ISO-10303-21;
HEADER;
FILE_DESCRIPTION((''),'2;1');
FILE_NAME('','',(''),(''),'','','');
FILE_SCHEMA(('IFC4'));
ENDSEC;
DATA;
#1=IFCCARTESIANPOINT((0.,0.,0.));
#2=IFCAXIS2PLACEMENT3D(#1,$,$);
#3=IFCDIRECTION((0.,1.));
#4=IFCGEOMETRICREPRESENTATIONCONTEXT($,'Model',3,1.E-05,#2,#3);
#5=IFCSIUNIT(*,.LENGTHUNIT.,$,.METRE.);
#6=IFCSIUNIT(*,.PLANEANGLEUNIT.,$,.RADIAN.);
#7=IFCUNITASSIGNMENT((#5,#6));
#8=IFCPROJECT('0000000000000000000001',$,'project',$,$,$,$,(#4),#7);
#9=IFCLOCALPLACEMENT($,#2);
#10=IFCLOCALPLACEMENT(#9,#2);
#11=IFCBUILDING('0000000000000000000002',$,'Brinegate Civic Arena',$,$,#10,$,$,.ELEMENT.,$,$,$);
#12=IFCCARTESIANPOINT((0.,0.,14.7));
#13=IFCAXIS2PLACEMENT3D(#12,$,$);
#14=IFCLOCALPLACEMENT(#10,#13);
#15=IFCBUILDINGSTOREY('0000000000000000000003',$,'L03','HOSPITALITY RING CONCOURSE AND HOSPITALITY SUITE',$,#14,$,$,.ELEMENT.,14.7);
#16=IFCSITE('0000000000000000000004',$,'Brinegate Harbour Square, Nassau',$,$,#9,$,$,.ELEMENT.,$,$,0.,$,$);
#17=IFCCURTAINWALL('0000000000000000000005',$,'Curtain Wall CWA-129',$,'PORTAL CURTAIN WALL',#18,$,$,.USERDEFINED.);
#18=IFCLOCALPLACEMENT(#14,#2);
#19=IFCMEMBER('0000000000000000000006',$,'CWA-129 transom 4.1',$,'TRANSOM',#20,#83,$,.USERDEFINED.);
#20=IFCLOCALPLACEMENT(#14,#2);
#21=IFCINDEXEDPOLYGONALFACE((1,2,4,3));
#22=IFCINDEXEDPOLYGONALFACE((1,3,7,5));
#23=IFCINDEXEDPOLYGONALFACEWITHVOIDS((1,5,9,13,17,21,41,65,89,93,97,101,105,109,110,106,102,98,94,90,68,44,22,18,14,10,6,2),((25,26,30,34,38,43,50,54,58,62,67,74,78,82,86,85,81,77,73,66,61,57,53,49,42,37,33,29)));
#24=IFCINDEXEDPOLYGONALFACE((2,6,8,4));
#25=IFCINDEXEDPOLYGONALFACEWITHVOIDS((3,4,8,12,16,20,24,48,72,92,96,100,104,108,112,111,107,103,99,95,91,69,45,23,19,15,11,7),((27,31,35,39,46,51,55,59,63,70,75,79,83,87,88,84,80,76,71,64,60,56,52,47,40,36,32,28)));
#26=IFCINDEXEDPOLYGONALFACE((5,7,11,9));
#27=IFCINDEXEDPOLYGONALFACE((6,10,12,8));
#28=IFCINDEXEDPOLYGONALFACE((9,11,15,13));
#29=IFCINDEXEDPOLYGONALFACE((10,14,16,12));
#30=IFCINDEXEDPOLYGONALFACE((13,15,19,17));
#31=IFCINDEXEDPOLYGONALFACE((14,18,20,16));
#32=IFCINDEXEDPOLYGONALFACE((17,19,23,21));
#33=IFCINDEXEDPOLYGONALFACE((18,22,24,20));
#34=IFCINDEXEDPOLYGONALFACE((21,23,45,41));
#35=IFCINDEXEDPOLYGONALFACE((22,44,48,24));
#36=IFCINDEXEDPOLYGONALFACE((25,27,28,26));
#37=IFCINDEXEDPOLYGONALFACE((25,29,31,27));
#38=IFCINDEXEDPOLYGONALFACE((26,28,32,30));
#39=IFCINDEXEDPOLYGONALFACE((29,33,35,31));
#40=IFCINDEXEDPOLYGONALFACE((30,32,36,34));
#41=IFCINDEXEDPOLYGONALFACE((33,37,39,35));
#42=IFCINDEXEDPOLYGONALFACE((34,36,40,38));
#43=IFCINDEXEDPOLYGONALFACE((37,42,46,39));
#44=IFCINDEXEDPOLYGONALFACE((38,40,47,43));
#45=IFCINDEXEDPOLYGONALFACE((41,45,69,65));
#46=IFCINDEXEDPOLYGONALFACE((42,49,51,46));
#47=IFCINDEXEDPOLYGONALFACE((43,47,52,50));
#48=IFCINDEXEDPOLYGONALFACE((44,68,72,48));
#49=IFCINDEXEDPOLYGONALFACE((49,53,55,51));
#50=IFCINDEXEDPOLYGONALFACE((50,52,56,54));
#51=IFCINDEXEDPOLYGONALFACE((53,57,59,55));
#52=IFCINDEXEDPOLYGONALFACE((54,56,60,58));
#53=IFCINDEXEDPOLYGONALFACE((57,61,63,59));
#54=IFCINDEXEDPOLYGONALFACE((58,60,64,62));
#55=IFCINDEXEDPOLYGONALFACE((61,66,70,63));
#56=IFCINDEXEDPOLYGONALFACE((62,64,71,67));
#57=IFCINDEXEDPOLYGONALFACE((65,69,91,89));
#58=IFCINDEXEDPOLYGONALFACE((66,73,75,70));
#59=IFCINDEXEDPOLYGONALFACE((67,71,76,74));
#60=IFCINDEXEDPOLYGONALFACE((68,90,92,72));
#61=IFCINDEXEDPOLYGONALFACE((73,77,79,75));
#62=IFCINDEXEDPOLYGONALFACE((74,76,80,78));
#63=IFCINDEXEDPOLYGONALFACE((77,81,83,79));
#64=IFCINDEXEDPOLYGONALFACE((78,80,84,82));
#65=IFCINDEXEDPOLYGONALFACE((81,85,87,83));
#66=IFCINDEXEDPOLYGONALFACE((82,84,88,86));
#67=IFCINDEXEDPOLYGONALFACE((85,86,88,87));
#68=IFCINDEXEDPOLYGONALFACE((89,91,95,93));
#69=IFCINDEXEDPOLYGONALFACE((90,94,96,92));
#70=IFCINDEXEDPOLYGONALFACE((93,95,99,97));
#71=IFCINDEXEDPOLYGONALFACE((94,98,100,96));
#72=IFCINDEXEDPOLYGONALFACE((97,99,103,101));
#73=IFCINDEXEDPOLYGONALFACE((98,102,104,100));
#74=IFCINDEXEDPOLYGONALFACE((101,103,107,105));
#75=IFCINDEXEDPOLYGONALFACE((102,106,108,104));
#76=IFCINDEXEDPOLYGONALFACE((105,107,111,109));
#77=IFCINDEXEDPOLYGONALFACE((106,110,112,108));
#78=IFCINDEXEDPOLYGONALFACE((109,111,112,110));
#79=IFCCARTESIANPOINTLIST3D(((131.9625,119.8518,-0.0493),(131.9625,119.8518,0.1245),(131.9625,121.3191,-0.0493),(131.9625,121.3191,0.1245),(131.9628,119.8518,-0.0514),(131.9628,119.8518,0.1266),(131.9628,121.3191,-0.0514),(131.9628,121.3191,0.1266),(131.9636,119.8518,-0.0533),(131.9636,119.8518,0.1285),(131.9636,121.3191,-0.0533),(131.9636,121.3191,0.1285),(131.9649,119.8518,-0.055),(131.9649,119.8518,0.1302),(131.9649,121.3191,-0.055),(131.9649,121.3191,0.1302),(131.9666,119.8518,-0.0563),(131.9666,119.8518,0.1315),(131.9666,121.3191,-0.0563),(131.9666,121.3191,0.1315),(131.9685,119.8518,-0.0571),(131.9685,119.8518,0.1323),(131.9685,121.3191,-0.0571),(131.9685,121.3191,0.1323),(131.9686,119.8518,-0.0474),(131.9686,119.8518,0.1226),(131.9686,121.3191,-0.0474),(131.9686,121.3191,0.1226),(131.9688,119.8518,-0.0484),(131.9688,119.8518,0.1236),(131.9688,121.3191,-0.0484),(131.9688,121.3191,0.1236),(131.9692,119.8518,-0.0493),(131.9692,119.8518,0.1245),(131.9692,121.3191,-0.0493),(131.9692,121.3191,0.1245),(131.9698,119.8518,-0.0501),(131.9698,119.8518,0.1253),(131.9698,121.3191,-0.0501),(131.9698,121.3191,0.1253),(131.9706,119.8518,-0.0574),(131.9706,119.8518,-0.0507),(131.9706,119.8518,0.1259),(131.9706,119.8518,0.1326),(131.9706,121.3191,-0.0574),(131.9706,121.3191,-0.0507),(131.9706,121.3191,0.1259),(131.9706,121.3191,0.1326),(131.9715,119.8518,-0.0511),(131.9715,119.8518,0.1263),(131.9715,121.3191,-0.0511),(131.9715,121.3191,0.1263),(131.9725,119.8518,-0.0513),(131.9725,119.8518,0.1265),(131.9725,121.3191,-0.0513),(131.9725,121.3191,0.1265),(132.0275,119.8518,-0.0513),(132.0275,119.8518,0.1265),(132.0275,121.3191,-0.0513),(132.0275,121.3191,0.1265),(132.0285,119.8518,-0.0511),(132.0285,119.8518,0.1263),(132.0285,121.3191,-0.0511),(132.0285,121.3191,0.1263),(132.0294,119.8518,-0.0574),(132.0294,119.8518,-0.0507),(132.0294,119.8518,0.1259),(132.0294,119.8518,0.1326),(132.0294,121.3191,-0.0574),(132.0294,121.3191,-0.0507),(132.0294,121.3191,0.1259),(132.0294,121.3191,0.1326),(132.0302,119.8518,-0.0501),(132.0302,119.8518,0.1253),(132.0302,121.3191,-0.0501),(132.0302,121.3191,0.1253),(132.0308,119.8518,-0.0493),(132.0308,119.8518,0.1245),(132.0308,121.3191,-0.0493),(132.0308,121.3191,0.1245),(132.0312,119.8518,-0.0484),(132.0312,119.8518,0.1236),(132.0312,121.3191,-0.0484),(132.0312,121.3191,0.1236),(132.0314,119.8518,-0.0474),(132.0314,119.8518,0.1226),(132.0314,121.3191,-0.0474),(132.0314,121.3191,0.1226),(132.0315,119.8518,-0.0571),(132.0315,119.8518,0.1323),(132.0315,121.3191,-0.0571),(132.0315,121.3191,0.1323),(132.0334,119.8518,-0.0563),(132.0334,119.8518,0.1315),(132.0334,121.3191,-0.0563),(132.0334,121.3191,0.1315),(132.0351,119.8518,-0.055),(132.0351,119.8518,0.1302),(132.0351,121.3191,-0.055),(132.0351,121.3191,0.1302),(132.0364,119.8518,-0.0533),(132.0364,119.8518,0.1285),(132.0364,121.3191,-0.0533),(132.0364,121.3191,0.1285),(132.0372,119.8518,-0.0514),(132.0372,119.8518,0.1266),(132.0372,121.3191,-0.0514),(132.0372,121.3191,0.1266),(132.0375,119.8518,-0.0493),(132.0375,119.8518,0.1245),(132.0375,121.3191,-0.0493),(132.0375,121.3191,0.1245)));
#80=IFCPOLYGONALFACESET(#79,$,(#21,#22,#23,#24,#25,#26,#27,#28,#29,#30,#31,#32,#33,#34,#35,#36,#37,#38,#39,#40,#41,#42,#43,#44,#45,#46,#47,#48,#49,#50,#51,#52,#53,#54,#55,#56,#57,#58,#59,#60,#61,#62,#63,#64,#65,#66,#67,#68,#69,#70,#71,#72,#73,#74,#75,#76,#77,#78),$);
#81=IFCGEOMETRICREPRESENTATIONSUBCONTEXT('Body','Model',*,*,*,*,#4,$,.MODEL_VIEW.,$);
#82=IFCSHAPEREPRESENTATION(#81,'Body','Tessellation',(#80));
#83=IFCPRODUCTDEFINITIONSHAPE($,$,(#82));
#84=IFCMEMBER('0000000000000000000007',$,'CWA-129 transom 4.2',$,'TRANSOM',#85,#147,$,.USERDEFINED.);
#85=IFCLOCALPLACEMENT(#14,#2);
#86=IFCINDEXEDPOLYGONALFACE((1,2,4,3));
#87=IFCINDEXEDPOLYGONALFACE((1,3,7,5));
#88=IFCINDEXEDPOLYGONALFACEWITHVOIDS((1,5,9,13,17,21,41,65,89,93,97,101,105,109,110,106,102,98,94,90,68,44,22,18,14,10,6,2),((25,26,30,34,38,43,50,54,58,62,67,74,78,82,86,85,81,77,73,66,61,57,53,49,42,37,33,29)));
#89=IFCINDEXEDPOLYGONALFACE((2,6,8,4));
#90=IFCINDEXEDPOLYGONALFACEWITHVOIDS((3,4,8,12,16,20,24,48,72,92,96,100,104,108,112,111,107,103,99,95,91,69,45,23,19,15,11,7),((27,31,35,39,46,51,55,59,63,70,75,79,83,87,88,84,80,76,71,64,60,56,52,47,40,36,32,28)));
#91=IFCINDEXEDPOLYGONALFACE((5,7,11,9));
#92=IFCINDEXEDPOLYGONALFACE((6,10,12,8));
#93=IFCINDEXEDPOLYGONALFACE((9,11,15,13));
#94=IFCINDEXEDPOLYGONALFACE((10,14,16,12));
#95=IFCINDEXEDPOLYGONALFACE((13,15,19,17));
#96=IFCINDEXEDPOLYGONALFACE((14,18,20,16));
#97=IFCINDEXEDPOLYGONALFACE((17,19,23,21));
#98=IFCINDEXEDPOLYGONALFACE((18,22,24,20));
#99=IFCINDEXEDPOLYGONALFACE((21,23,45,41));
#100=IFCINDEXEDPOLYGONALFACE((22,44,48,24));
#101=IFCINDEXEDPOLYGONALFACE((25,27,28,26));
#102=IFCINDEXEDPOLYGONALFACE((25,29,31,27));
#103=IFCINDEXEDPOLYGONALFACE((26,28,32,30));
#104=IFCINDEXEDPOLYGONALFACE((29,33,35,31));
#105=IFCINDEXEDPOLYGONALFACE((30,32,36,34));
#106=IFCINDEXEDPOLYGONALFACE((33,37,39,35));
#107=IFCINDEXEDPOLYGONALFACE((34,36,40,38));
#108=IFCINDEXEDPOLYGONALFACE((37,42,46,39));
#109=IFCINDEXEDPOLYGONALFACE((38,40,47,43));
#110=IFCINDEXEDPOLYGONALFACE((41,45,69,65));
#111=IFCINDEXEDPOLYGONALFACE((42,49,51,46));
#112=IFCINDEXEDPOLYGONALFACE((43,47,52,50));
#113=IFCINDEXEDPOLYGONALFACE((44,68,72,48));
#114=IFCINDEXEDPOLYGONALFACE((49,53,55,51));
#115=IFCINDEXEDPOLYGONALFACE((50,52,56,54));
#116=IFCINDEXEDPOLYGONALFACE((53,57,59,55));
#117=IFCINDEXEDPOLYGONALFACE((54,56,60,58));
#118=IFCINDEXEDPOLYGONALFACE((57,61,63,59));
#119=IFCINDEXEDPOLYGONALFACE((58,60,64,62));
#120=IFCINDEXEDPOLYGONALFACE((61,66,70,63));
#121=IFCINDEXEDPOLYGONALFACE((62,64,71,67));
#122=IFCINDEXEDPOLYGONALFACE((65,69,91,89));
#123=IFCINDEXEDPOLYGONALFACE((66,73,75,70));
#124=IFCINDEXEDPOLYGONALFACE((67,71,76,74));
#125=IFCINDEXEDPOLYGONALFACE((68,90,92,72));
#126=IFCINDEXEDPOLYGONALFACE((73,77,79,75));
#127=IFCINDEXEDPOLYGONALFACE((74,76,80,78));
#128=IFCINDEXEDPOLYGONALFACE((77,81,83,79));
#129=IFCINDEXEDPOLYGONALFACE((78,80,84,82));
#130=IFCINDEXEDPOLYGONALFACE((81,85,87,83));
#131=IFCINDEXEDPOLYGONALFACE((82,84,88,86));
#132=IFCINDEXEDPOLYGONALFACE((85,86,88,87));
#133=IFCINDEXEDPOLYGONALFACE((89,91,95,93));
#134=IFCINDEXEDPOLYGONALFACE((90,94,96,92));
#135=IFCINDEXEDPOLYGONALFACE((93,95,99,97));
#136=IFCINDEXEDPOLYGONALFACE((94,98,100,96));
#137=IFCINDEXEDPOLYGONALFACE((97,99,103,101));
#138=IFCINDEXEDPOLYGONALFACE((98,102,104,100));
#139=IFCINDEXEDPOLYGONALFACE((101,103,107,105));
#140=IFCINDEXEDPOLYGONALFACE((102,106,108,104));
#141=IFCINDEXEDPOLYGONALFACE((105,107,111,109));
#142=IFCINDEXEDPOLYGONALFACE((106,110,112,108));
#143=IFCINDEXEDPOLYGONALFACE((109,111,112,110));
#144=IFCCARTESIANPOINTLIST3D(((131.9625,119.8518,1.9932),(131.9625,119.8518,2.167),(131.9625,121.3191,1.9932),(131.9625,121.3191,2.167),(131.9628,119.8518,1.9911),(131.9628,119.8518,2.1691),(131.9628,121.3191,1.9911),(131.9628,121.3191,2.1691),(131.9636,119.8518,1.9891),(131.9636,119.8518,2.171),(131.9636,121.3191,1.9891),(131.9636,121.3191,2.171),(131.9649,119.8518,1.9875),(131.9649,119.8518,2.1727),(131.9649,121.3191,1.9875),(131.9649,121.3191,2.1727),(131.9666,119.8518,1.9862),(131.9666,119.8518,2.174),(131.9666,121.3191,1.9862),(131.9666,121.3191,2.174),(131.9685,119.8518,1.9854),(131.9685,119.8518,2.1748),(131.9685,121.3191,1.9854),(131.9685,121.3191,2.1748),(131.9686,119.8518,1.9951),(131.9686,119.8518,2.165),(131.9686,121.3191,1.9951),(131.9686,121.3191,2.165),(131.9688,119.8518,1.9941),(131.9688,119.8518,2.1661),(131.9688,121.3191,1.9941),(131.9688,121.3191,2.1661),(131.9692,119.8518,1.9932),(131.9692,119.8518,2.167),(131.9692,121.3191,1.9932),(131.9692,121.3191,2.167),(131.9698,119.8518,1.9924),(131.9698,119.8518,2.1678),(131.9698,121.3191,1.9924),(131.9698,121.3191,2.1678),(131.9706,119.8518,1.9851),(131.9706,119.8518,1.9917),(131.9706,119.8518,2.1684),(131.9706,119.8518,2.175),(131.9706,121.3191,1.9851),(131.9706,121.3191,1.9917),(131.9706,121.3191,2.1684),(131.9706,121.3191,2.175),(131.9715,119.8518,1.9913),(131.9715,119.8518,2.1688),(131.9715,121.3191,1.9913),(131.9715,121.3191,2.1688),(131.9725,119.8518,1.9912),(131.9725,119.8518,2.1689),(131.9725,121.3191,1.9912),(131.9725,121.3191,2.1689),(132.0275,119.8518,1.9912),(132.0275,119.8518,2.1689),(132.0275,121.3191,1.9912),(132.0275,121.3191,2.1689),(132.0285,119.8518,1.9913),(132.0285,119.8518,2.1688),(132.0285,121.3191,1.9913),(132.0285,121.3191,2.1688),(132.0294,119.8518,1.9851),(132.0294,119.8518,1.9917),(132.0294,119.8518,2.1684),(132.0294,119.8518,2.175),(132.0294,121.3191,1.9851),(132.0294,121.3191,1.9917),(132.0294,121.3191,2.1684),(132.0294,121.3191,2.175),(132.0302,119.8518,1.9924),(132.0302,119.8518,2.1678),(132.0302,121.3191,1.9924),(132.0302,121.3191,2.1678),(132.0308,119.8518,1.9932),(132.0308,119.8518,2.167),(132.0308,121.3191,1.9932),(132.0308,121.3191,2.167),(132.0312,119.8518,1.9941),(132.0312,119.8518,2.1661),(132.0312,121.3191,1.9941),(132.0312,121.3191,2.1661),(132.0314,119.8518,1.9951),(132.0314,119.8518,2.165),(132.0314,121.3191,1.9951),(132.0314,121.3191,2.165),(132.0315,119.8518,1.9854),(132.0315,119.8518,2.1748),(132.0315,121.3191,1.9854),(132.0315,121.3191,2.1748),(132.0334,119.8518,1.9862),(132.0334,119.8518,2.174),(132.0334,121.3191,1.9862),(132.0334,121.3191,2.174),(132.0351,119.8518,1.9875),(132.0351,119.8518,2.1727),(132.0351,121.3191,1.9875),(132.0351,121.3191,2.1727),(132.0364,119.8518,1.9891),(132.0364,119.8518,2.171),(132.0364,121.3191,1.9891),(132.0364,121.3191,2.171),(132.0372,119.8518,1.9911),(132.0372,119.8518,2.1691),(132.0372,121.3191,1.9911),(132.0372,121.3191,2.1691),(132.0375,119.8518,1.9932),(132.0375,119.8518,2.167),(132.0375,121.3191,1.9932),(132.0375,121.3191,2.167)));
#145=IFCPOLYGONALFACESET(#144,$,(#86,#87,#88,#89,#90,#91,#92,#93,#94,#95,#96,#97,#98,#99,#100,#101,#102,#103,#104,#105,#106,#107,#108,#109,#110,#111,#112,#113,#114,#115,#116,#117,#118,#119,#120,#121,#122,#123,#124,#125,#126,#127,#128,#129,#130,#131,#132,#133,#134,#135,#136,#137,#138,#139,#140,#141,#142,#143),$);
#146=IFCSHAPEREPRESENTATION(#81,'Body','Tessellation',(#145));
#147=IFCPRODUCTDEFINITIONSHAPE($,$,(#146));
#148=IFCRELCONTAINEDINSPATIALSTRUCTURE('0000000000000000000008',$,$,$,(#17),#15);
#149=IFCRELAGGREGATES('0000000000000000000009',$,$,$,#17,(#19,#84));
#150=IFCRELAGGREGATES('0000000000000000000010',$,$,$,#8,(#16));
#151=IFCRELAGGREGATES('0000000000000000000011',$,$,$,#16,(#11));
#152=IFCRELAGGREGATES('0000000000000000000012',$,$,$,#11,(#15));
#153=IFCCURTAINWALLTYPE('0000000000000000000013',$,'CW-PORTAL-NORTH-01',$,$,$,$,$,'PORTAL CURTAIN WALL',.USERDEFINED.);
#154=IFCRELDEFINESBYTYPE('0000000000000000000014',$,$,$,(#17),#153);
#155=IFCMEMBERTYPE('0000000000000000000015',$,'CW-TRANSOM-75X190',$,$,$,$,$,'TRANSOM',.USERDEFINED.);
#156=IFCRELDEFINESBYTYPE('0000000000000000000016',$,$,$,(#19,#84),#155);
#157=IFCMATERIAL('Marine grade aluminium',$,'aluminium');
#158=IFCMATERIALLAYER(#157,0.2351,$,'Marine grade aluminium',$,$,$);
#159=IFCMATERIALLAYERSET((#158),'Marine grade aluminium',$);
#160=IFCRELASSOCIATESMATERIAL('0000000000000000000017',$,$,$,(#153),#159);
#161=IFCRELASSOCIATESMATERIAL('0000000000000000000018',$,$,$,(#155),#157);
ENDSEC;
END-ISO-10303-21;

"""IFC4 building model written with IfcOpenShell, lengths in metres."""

from ifc_helpers import new_model, si_unit, direction, frame, origin, origin_2d, place, context, subcontext, project, spatial, hollow_rectangle, extrude, material, layer, layer_set, material_profile, profile_set, type_object, element, aggregate, save


model = new_model("IFC4")

# Units and contexts
model_context = context("Model", 3, precision=1e-05, world=origin(), true_north=direction((0.0, 1.0)))
body_context = subcontext(model_context, "Body", "Model", "MODEL_VIEW")
ifc_project = project(units=[si_unit("LENGTHUNIT", "METRE"), si_unit("PLANEANGLEUNIT", "RADIAN")], contexts=[model_context])

# Site, building, storey
site_placement = place(None, origin())
site = spatial("IfcSite", under=ifc_project, at=site_placement, Name="Brinegate Harbour Square, Nassau", CompositionType="ELEMENT", RefElevation=0.0)
building_placement = place(site_placement, origin())
building = spatial("IfcBuilding", under=site, at=building_placement, Name="Brinegate Civic Arena", CompositionType="ELEMENT")
storey_placement = place(building_placement, frame((0.0, 0.0, 14.7)))
storey = spatial("IfcBuildingStorey", under=building, at=storey_placement, Name="L03", Description="HOSPITALITY RING CONCOURSE AND HOSPITALITY SUITE", CompositionType="ELEMENT", Elevation=14.7)

# Curtain wall
ifc_material_1 = material(Name="Marine grade aluminium", Category="aluminium")
ifc_layer_1 = layer(ifc_material_1, 0.2351, Name="Marine grade aluminium")
ifc_layer_set_1 = layer_set([ifc_layer_1], Name="Marine grade aluminium")
curtain_wall_type_1 = type_object("IfcCurtainWallType", Name="CW-PORTAL-NORTH-01", ElementType="PORTAL CURTAIN WALL", PredefinedType="USERDEFINED", material=ifc_layer_set_1)
curtain_wall_1_placement = place(storey_placement, origin())
curtain_wall_1 = element("IfcCurtainWall", 1, at=curtain_wall_1_placement, inside=storey, type_object=curtain_wall_type_1, Name="Curtain Wall CWA-129", ObjectType="PORTAL CURTAIN WALL", PredefinedType="USERDEFINED")

# Members
ifc_material_profile_1 = material_profile(ifc_material_1, hollow_rectangle(XDim=0.075, YDim=0.1899, WallThickness=0.0061, InnerFilletRadius=0.0039, OuterFilletRadius=0.0081, at=origin_2d()), Name="TRN75X190")
ifc_profile_set_1 = profile_set([ifc_material_profile_1], Name="Marine grade aluminium")
member_type_1 = type_object("IfcMemberType", Name="CW-TRANSOM-75X190", ElementType="TRANSOM", PredefinedType="USERDEFINED", material=ifc_profile_set_1)
member_1_placement = place(storey_placement, frame((132.0, 119.8518, 0.0376), z_axis=(0.0, 1.0, 0.0), x_axis=(-1.0, 0.0, 0.0)))
member_1 = element("IfcMember", 2, at=member_1_placement, type_object=member_type_1, Name="CWA-129 transom 4.1", ObjectType="TRANSOM", PredefinedType="USERDEFINED", context=body_context, shape_type="SweptSolid", body=[
    extrude(hollow_rectangle(XDim=0.075, YDim=0.1899, WallThickness=0.0061, InnerFilletRadius=0.0039, OuterFilletRadius=0.0081, at=origin_2d()), origin(), (0.0, 0.0, 1.0), 1.4673),
])
member_2_placement = place(storey_placement, frame((132.0, 119.8518, 2.0801), z_axis=(0.0, 1.0, 0.0), x_axis=(-1.0, 0.0, 0.0)))
member_2 = element("IfcMember", 3, at=member_2_placement, type_object=member_type_1, Name="CWA-129 transom 4.2", ObjectType="TRANSOM", PredefinedType="USERDEFINED", context=body_context, shape_type="SweptSolid", body=[
    extrude(hollow_rectangle(XDim=0.075, YDim=0.1899, WallThickness=0.0061, InnerFilletRadius=0.0039, OuterFilletRadius=0.0081, at=origin_2d()), origin(), (0.0, 0.0, 1.0), 1.4673),
])

aggregate(curtain_wall_1, [member_1, member_2])

save(model, "model.ifc")
